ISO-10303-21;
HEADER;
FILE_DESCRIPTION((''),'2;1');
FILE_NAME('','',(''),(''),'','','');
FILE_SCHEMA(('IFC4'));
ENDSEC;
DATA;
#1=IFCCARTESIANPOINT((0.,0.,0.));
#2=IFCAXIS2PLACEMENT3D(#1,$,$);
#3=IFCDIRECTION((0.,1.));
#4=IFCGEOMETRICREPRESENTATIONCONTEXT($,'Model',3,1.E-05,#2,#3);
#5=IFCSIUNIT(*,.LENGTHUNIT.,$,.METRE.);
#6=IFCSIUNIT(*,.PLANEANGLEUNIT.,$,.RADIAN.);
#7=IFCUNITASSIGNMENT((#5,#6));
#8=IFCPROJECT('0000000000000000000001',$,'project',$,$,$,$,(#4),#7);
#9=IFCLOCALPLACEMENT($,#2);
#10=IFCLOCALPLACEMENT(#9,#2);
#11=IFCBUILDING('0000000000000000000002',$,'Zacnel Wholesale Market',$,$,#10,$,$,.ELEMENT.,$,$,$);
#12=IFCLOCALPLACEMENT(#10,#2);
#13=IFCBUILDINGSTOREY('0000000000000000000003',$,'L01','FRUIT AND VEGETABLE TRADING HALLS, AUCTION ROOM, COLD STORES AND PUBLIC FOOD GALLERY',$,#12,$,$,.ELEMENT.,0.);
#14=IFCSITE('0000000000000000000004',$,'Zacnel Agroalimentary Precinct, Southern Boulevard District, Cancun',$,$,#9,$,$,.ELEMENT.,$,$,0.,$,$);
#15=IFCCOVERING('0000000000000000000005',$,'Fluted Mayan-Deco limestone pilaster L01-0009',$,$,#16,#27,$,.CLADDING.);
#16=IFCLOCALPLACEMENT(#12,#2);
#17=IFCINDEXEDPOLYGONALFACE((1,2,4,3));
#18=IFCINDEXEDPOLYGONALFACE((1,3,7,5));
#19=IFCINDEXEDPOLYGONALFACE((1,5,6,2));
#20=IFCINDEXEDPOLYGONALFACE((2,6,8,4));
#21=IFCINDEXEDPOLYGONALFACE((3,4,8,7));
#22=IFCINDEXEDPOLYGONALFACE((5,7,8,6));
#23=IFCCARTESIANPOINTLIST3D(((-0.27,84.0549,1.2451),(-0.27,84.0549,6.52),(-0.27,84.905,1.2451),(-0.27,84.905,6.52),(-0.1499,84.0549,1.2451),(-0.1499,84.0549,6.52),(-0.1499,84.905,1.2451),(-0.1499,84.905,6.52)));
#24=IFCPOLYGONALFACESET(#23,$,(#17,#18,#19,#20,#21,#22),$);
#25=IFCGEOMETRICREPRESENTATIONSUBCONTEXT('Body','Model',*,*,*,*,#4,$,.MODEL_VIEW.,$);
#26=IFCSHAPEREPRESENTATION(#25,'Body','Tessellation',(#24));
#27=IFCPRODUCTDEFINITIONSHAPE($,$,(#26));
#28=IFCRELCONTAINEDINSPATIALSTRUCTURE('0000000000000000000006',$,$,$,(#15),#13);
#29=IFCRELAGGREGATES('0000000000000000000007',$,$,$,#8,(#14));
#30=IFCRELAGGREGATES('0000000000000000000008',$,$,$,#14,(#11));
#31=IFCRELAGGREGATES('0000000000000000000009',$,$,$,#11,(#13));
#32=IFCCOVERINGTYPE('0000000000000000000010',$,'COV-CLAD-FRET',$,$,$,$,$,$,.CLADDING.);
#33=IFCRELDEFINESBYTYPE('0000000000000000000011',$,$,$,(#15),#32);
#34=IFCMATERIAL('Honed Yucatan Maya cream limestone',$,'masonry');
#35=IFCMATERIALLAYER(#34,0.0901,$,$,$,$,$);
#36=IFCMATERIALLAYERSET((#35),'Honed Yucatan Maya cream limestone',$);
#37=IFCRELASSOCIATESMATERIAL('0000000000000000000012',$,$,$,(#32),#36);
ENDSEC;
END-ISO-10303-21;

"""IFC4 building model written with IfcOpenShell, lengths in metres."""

from ifc_helpers import new_model, si_unit, direction, frame, origin, origin_2d, place, context, subcontext, project, spatial, rectangle, extrude, material, layer, layer_set, type_object, element, save


model = new_model("IFC4")

# Units and contexts
model_context = context("Model", 3, precision=1e-05, world=origin(), true_north=direction((0.0, 1.0)))
body_context = subcontext(model_context, "Body", "Model", "MODEL_VIEW")
ifc_project = project(units=[si_unit("LENGTHUNIT", "METRE"), si_unit("PLANEANGLEUNIT", "RADIAN")], contexts=[model_context])

# Site, building, storey
site_placement = place(None, origin())
site = spatial("IfcSite", under=ifc_project, at=site_placement, Name="Zacnel Agroalimentary Precinct, Southern Boulevard District, Cancun", CompositionType="ELEMENT", RefElevation=0.0)
building_placement = place(site_placement, origin())
building = spatial("IfcBuilding", under=site, at=building_placement, Name="Zacnel Wholesale Market", CompositionType="ELEMENT")
storey_placement = place(building_placement, origin())
storey = spatial("IfcBuildingStorey", under=building, at=storey_placement, Name="L01", Description="FRUIT AND VEGETABLE TRADING HALLS, AUCTION ROOM, COLD STORES AND PUBLIC FOOD GALLERY", CompositionType="ELEMENT", Elevation=0.0)

# Covering
ifc_material_1 = material(Name="Honed Yucatan Maya cream limestone", Category="masonry")
ifc_layer_1 = layer(ifc_material_1, 0.0901)
ifc_layer_set_1 = layer_set([ifc_layer_1], Name="Honed Yucatan Maya cream limestone")
covering_type = type_object("IfcCoveringType", Name="COV-CLAD-FRET", PredefinedType="CLADDING", material=ifc_layer_set_1)
covering_placement = place(storey_placement, frame((-0.21, 84.48, 1.2451), z_axis=(0.0, 0.0, 1.0), x_axis=(0.0, 1.0, 0.0)))
element("IfcCovering", 1, at=covering_placement, inside=storey, type_object=covering_type, Name="Fluted Mayan-Deco limestone pilaster L01-0009", PredefinedType="CLADDING", context=body_context, shape_type="SweptSolid", body=[
    extrude(rectangle(XDim=0.8501, YDim=0.1201, at=origin_2d()), origin(), (0.0, 0.0, 1.0), 5.2749),
])

save(model, "model.ifc")
